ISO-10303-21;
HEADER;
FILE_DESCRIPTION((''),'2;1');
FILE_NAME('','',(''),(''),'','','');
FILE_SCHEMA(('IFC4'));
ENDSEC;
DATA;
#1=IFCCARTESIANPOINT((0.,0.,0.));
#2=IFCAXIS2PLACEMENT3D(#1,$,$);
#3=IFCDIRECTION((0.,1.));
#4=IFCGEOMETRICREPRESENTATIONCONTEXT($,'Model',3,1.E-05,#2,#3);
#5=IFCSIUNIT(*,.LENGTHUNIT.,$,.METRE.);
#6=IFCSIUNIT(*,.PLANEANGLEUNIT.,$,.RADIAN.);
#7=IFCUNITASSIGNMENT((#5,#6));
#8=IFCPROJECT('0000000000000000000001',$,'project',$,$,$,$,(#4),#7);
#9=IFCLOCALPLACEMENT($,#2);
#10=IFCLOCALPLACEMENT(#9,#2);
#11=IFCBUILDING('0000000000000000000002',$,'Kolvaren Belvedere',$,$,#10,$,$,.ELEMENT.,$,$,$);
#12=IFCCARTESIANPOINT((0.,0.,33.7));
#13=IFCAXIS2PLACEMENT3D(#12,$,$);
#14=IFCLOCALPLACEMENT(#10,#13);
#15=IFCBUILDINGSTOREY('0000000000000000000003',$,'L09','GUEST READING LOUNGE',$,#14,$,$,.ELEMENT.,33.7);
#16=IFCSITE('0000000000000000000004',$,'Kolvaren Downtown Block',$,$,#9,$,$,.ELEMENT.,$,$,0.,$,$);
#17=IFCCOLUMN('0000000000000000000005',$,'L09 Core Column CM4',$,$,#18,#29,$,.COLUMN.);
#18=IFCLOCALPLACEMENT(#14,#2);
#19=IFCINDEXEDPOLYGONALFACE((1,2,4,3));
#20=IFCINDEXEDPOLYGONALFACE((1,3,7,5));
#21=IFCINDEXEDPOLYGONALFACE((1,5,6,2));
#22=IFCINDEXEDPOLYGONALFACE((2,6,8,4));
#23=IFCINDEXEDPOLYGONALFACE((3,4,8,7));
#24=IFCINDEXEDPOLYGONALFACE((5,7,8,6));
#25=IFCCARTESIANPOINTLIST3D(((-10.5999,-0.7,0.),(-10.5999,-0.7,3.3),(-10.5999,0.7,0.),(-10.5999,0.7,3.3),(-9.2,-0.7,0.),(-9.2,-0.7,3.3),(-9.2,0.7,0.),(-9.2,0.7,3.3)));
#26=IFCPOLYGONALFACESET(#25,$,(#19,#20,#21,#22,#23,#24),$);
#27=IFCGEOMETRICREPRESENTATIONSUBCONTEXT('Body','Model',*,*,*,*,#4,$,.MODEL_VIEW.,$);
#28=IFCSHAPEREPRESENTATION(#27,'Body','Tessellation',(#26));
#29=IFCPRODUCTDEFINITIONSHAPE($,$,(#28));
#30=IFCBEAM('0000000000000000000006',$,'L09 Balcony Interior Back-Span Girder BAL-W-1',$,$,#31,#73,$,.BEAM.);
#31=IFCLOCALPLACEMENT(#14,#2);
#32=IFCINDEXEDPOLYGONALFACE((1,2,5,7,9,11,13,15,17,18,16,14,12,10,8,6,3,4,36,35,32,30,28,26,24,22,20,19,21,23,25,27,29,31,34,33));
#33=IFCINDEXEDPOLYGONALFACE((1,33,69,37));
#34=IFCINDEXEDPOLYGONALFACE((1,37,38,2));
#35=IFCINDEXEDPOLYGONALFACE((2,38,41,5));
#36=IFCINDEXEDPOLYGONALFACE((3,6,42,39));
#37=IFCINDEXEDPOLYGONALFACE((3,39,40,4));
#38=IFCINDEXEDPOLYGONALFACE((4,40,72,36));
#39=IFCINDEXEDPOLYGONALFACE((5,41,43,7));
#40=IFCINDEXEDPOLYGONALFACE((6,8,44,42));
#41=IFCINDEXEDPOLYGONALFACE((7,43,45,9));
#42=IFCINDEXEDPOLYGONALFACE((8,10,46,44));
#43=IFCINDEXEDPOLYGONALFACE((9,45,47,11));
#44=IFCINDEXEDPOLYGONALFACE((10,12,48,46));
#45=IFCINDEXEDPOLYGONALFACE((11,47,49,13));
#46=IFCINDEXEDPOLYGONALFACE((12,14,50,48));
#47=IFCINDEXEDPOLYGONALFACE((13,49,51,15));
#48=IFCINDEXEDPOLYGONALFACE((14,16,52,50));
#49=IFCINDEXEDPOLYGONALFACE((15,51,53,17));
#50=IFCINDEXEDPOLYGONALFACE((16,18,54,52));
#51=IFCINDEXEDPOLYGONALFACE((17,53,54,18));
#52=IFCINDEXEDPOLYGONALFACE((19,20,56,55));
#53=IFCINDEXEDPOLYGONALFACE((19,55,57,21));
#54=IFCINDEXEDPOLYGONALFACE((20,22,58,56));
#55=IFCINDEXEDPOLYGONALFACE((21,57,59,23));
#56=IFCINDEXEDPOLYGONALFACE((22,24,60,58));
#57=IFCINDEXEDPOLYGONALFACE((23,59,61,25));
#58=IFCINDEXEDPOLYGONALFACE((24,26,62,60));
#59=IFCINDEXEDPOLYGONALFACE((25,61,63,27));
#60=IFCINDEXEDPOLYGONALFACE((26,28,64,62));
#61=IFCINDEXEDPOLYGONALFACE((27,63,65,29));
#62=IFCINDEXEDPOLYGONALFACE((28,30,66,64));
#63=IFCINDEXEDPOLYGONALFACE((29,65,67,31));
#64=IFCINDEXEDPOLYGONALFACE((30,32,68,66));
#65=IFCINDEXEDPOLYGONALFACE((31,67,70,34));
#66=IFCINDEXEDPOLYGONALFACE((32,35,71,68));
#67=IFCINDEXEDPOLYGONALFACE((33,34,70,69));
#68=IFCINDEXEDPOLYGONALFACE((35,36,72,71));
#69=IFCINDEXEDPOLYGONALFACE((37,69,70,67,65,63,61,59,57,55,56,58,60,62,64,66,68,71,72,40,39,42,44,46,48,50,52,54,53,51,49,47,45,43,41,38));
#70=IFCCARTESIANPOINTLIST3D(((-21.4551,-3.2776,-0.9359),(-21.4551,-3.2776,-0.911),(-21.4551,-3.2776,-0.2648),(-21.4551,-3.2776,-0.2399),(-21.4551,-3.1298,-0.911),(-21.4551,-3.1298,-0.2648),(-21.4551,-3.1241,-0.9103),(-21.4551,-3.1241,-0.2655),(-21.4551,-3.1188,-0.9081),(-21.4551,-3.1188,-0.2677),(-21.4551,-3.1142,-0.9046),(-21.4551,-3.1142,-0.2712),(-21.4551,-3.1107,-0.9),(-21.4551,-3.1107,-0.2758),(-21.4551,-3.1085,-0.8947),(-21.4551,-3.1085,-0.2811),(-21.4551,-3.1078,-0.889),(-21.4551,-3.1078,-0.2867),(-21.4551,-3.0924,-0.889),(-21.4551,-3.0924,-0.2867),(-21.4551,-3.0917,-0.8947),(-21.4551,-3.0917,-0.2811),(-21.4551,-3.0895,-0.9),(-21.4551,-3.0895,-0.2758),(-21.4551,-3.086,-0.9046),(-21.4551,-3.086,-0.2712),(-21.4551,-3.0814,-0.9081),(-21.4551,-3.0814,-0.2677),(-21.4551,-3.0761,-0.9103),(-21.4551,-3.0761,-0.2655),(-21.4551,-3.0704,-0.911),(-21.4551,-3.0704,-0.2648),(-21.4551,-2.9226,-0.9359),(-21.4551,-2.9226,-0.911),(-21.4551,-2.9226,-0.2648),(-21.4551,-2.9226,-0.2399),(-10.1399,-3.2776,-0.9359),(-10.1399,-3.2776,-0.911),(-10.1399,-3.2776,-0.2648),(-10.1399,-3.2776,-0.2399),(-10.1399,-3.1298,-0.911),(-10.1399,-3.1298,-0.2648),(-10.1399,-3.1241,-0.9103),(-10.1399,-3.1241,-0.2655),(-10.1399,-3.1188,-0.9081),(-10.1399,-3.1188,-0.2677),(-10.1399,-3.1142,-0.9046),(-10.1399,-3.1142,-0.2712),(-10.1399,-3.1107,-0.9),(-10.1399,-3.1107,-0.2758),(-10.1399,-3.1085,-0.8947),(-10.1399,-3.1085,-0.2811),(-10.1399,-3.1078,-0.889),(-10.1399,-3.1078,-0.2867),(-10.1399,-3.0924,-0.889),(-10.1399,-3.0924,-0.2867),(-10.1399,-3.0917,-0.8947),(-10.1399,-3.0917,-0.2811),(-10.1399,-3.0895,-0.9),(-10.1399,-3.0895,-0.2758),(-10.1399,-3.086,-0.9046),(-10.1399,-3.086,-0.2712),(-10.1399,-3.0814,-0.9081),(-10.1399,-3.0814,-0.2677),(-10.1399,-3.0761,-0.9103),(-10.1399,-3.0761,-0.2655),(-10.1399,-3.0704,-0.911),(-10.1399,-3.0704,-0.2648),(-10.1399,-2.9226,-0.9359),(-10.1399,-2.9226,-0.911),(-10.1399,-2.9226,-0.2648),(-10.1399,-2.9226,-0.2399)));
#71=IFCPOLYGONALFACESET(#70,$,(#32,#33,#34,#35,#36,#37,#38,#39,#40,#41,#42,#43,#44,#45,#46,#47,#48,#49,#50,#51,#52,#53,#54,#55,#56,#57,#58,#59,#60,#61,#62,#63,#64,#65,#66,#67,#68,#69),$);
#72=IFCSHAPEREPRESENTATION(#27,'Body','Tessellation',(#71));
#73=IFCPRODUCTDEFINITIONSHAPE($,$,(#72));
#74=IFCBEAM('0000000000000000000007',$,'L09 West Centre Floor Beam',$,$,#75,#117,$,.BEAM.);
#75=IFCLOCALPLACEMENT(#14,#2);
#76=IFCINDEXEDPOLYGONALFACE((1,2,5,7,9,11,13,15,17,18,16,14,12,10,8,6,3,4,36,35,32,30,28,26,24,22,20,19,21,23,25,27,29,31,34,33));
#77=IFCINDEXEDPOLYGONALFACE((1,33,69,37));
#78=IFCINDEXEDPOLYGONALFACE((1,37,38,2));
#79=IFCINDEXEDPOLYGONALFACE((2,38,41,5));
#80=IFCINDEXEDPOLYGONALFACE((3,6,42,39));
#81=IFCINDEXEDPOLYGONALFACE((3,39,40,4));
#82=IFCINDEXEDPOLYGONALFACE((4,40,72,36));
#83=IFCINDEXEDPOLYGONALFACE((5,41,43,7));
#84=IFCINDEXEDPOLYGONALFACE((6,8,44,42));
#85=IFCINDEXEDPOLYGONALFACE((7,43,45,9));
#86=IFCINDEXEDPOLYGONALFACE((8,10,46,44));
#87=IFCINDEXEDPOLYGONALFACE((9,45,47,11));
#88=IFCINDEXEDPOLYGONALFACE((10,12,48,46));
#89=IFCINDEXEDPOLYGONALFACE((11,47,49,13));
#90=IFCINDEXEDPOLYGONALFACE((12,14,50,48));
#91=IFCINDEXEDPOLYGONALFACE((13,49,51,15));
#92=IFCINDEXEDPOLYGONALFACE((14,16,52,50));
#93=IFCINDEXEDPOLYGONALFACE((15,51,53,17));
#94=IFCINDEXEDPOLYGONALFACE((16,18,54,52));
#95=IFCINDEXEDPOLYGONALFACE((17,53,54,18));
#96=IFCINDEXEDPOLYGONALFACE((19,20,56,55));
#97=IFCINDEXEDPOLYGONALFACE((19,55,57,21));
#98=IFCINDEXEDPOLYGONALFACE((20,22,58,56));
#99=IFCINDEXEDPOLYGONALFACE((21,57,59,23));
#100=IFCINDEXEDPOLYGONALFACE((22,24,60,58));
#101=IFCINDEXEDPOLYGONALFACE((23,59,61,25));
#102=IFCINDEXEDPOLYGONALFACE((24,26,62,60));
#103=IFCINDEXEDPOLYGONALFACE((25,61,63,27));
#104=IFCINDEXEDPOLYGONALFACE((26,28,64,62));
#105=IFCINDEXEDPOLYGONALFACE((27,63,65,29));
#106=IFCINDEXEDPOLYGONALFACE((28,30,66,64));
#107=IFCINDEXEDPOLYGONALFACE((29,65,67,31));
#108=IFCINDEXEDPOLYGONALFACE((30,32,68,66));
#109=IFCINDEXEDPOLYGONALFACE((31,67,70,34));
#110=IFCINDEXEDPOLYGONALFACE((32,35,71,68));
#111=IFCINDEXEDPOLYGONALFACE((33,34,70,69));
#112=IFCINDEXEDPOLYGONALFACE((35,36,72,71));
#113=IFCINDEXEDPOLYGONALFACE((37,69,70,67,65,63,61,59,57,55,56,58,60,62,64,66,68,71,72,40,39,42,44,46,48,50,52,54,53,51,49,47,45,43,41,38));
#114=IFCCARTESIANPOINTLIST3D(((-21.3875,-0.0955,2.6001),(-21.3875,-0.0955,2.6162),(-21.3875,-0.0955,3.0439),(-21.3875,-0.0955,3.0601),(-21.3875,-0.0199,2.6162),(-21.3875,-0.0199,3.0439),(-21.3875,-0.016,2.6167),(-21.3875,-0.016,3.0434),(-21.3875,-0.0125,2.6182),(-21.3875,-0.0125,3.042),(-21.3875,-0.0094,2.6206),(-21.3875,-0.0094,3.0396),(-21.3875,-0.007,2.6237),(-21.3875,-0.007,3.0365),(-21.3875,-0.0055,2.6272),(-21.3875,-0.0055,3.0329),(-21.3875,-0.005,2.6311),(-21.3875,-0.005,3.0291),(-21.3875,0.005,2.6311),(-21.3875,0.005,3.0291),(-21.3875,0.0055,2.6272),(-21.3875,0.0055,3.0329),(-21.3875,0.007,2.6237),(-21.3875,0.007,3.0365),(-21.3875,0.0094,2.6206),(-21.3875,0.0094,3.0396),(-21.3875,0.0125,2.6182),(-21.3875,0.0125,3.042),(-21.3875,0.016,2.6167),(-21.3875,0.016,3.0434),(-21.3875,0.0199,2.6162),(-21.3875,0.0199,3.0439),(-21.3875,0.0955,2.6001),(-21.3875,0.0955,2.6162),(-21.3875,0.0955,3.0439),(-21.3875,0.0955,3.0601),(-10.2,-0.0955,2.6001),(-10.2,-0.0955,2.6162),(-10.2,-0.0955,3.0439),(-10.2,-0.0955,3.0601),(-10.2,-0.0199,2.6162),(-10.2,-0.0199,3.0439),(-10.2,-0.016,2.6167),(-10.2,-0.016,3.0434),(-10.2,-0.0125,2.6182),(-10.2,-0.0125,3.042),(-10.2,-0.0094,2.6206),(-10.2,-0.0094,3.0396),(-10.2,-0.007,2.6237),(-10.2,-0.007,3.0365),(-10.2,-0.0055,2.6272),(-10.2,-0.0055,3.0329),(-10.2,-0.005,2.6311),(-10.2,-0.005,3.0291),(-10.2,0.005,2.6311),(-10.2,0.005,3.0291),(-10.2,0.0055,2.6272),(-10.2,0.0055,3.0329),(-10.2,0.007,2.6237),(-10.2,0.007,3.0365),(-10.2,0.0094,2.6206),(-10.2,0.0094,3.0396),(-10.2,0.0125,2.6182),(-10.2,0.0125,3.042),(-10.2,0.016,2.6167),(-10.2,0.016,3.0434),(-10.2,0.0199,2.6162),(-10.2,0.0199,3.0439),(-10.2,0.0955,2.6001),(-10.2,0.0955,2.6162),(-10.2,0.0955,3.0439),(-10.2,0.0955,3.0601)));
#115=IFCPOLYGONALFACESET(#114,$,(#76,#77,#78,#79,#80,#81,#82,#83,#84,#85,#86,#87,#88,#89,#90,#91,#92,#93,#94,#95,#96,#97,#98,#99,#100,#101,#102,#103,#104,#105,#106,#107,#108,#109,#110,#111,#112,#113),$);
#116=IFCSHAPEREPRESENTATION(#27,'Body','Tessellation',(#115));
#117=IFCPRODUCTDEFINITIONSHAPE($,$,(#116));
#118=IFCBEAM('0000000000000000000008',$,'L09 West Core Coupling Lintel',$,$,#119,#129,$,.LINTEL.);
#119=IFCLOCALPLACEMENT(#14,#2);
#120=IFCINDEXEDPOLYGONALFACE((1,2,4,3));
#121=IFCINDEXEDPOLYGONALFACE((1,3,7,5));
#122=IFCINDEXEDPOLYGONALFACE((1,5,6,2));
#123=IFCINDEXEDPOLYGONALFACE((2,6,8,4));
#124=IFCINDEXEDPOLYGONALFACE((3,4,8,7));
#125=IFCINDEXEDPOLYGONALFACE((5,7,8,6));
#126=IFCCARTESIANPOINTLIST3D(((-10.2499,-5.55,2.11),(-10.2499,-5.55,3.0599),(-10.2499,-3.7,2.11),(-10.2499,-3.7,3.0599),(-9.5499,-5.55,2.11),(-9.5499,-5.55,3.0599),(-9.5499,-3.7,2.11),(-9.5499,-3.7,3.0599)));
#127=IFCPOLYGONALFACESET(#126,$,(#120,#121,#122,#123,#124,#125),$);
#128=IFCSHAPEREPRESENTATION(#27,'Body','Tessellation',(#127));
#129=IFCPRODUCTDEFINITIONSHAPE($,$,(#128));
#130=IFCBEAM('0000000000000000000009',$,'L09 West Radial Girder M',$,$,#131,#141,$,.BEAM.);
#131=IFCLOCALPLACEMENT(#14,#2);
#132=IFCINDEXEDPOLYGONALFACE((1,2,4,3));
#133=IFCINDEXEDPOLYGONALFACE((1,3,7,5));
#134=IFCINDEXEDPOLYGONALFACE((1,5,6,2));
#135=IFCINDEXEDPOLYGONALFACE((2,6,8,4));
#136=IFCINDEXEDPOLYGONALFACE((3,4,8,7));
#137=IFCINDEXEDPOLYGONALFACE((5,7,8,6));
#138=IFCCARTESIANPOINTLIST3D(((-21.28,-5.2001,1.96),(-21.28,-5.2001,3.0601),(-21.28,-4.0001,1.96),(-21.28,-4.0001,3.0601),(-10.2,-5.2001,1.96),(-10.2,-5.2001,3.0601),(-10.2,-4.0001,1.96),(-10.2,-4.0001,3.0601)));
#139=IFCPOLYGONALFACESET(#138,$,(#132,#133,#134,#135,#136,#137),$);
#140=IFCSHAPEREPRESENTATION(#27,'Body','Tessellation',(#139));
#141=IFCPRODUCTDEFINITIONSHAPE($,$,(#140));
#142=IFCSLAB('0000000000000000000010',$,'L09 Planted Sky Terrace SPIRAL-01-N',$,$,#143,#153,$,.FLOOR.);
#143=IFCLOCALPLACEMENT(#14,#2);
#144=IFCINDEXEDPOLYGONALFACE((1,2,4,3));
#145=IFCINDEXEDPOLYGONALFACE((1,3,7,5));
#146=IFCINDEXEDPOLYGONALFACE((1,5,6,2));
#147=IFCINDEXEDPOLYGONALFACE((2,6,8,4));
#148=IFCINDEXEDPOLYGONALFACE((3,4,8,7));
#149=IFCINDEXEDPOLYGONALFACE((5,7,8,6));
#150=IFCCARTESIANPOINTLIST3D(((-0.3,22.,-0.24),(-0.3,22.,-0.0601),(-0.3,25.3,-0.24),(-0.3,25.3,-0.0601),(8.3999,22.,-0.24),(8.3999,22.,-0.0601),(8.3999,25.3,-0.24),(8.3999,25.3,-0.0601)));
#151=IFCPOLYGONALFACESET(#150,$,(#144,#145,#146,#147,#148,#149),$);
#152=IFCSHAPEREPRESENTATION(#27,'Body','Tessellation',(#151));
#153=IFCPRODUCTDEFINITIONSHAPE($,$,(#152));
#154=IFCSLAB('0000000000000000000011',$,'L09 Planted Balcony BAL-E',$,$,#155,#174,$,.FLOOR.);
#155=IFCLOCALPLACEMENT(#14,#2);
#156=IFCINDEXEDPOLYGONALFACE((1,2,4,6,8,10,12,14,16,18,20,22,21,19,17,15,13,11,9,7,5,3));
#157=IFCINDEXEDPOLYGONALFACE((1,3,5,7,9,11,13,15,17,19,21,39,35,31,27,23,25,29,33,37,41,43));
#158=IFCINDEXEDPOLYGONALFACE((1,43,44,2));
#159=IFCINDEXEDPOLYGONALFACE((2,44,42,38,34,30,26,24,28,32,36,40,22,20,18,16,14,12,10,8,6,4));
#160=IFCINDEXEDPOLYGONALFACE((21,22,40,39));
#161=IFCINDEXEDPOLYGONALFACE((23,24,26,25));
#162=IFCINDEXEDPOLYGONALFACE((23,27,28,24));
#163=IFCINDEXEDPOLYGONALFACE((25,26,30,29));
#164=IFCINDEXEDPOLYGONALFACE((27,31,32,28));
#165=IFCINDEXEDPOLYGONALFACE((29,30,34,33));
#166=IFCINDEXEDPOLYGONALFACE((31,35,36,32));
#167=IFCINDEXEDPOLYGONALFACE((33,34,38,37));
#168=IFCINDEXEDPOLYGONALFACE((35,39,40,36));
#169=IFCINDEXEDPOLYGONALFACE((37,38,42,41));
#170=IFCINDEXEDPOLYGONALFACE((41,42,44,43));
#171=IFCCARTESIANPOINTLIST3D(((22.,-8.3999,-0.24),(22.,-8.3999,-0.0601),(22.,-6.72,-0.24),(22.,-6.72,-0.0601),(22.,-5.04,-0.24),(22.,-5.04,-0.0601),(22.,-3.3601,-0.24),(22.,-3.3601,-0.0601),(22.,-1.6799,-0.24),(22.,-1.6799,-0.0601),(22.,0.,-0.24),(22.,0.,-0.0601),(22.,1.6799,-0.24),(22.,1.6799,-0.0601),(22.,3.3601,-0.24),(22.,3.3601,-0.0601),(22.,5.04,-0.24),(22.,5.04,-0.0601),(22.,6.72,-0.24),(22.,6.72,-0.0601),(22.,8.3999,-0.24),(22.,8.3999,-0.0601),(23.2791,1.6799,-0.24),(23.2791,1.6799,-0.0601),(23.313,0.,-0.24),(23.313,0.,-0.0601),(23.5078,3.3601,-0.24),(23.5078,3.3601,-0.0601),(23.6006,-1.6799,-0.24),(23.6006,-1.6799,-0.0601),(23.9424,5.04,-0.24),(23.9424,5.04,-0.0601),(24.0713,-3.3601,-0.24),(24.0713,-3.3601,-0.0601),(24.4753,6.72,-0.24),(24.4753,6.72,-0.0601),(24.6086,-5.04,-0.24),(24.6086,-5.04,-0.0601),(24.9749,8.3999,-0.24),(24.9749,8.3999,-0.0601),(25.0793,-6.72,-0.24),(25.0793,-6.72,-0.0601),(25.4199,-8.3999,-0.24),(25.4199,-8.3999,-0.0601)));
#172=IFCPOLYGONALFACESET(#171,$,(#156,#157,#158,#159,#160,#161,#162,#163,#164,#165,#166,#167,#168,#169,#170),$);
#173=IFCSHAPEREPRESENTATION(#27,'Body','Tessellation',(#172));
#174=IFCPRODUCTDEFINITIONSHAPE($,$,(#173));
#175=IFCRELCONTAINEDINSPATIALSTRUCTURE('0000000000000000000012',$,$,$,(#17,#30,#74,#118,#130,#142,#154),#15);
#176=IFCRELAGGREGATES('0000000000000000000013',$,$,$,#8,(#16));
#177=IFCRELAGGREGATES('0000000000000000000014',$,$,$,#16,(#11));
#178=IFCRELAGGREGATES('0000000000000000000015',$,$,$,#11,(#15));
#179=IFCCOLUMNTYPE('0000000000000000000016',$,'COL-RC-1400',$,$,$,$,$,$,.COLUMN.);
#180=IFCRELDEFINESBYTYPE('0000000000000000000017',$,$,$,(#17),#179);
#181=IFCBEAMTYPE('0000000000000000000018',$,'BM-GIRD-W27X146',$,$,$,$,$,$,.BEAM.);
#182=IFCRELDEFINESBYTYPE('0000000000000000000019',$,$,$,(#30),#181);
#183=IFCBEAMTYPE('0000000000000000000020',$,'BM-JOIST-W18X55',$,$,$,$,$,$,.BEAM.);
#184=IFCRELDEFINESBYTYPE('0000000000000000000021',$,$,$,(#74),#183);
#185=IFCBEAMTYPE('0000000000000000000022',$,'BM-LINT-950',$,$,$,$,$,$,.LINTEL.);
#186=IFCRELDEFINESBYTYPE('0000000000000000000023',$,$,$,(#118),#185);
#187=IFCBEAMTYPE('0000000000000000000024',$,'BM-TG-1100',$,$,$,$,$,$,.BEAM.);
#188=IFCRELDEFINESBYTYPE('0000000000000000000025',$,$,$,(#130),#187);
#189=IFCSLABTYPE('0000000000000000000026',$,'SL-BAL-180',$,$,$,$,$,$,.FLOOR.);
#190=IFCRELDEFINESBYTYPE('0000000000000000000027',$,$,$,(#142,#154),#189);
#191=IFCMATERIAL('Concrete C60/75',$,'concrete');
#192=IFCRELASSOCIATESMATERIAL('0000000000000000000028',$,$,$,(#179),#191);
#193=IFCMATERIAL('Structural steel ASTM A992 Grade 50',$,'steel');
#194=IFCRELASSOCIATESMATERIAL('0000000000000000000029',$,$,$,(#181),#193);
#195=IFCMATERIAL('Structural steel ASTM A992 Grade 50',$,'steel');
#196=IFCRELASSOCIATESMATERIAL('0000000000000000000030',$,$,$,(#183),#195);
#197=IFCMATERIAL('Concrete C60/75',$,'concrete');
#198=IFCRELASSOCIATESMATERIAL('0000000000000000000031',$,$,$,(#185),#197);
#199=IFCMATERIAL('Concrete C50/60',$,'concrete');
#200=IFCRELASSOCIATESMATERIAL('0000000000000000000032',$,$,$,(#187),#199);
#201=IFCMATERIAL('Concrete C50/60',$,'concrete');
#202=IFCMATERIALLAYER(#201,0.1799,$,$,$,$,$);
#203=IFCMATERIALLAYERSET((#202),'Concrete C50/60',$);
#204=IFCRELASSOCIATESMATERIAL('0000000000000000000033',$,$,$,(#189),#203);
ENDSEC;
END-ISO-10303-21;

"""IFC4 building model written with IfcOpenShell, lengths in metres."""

from ifc_helpers import new_model, si_unit, direction, frame, origin, origin_2d, place, context, subcontext, project, spatial, polyline, rectangle, i_section, outline, extrude, material, layer, layer_set, material_profile, profile_set, type_object, element, save


model = new_model("IFC4")

# Units and contexts
model_context = context("Model", 3, precision=1e-05, world=origin(), true_north=direction((0.0, 1.0)))
body_context = subcontext(model_context, "Body", "Model", "MODEL_VIEW")
ifc_project = project(units=[si_unit("LENGTHUNIT", "METRE"), si_unit("PLANEANGLEUNIT", "RADIAN")], contexts=[model_context])

# Site, building, storey
site_placement = place(None, origin())
site = spatial("IfcSite", under=ifc_project, at=site_placement, Name="Kolvaren Downtown Block", CompositionType="ELEMENT", RefElevation=0.0)
building_placement = place(site_placement, origin())
building = spatial("IfcBuilding", under=site, at=building_placement, Name="Kolvaren Belvedere", CompositionType="ELEMENT")
storey_placement = place(building_placement, frame((0.0, 0.0, 33.7)))
storey = spatial("IfcBuildingStorey", under=building, at=storey_placement, Name="L09", Description="GUEST READING LOUNGE", CompositionType="ELEMENT", Elevation=33.7)

# Column
ifc_material_1 = material(Name="Concrete C60/75", Category="concrete")
ifc_material_profile_1 = material_profile(ifc_material_1, rectangle(XDim=1.3999, YDim=1.3999, at=origin_2d()), Name="RC 1400X1400")
ifc_profile_set_1 = profile_set([ifc_material_profile_1], Name="Concrete C60/75")
column_type = type_object("IfcColumnType", Name="COL-RC-1400", PredefinedType="COLUMN", material=ifc_profile_set_1)
column_placement = place(storey_placement, frame((-9.8999, 0.0, 0.0), z_axis=(0.0, 0.0, 1.0), x_axis=(1.0, 0.0, 0.0)))
element("IfcColumn", 1, at=column_placement, inside=storey, type_object=column_type, Name="L09 Core Column CM4", PredefinedType="COLUMN", context=body_context, shape_type="SweptSolid", body=[
    extrude(rectangle(XDim=1.3999, YDim=1.3999, at=origin_2d()), origin(), (0.0, 0.0, 1.0), 3.3),
])

# Beams
ifc_material_2 = material(Name="Structural steel ASTM A992 Grade 50", Category="steel")
ifc_material_profile_2 = material_profile(ifc_material_2, i_section(OverallWidth=0.355, OverallDepth=0.696, WebThickness=0.0154, FlangeThickness=0.0249, FilletRadius=0.022, at=origin_2d()), Name="W27X146")
ifc_profile_set_2 = profile_set([ifc_material_profile_2], Name="Structural steel ASTM A992 Grade 50")
beam_type_1 = type_object("IfcBeamType", Name="BM-GIRD-W27X146", PredefinedType="BEAM", material=ifc_profile_set_2)
beam_1_placement = place(storey_placement, frame((-10.1399, -3.1001, -0.5879), z_axis=(-1.0, 0.0, 0.0), x_axis=(0.0, -1.0, 0.0)))
element("IfcBeam", 2, at=beam_1_placement, inside=storey, type_object=beam_type_1, Name="L09 Balcony Interior Back-Span Girder BAL-W-1", PredefinedType="BEAM", context=body_context, shape_type="SweptSolid", body=[
    extrude(i_section(OverallWidth=0.355, OverallDepth=0.696, WebThickness=0.0154, FlangeThickness=0.0249, FilletRadius=0.022, at=origin_2d()), origin(), (0.0, 0.0, 1.0), 11.3152),
])
ifc_material_3 = material(Name="Structural steel ASTM A992 Grade 50", Category="steel")
ifc_material_profile_3 = material_profile(ifc_material_3, i_section(OverallWidth=0.1909, OverallDepth=0.46, WebThickness=0.01, FlangeThickness=0.0161, FilletRadius=0.0149, at=origin_2d()), Name="W18X55")
ifc_profile_set_3 = profile_set([ifc_material_profile_3], Name="Structural steel ASTM A992 Grade 50")
beam_type_2 = type_object("IfcBeamType", Name="BM-JOIST-W18X55", PredefinedType="BEAM", material=ifc_profile_set_3)
beam_2_placement = place(storey_placement, frame((-10.2, 0.0, 2.8301), z_axis=(-1.0, 0.0, 0.0), x_axis=(0.0, -1.0, 0.0)))
element("IfcBeam", 3, at=beam_2_placement, inside=storey, type_object=beam_type_2, Name="L09 West Centre Floor Beam", PredefinedType="BEAM", context=body_context, shape_type="SweptSolid", body=[
    extrude(i_section(OverallWidth=0.1909, OverallDepth=0.46, WebThickness=0.01, FlangeThickness=0.0161, FilletRadius=0.0149, at=origin_2d()), origin(), (0.0, 0.0, 1.0), 11.1875),
])
ifc_material_4 = material(Name="Concrete C60/75", Category="concrete")
ifc_material_profile_4 = material_profile(ifc_material_4, rectangle(XDim=0.7, YDim=0.95, at=origin_2d()), Name="RC 700X950")
ifc_profile_set_4 = profile_set([ifc_material_profile_4], Name="Concrete C60/75")
beam_type_3 = type_object("IfcBeamType", Name="BM-LINT-950", PredefinedType="LINTEL", material=ifc_profile_set_4)
beam_3_placement = place(storey_placement, frame((-9.8999, -5.55, 2.585), z_axis=(0.0, 1.0, 0.0), x_axis=(-1.0, 0.0, 0.0)))
element("IfcBeam", 4, at=beam_3_placement, inside=storey, type_object=beam_type_3, Name="L09 West Core Coupling Lintel", PredefinedType="LINTEL", context=body_context, shape_type="SweptSolid", body=[
    extrude(rectangle(XDim=0.7, YDim=0.95, at=origin_2d()), origin(), (0.0, 0.0, 1.0), 1.8501),
])
ifc_material_5 = material(Name="Concrete C50/60", Category="concrete")
ifc_material_profile_5 = material_profile(ifc_material_5, rectangle(XDim=1.2, YDim=1.1001, at=origin_2d()), Name="RC 1200X1100")
ifc_profile_set_5 = profile_set([ifc_material_profile_5], Name="Concrete C50/60")
beam_type_4 = type_object("IfcBeamType", Name="BM-TG-1100", PredefinedType="BEAM", material=ifc_profile_set_5)
beam_4_placement = place(storey_placement, frame((-10.2, -4.6001, 2.51), z_axis=(-1.0, 0.0, 0.0), x_axis=(0.0, -1.0, 0.0)))
element("IfcBeam", 5, at=beam_4_placement, inside=storey, type_object=beam_type_4, Name="L09 West Radial Girder M", PredefinedType="BEAM", context=body_context, shape_type="SweptSolid", body=[
    extrude(rectangle(XDim=1.2, YDim=1.1001, at=origin_2d()), origin(), (0.0, 0.0, 1.0), 11.0801),
])

# Slabs
ifc_material_6 = material(Name="Concrete C50/60", Category="concrete")
ifc_layer_1 = layer(ifc_material_6, 0.1799)
ifc_layer_set_1 = layer_set([ifc_layer_1], Name="Concrete C50/60")
slab_type_1 = type_object("IfcSlabType", Name="SL-BAL-180", PredefinedType="FLOOR", material=ifc_layer_set_1)
slab_1_placement = place(storey_placement, frame((0.0, 0.0, -0.24)))
element("IfcSlab", 6, at=slab_1_placement, inside=storey, type_object=slab_type_1, Name="L09 Planted Sky Terrace SPIRAL-01-N", PredefinedType="FLOOR", context=body_context, shape_type="SweptSolid", body=[
    extrude(outline(polyline([(-0.3, 22.0), (8.3999, 22.0), (8.3999, 25.3), (-0.3, 25.3), (-0.3, 22.0)])), origin(), (0.0, 0.0, 1.0), 0.1799),
])
slab_2_placement = place(storey_placement, frame((0.0, 0.0, -0.24)))
element("IfcSlab", 7, at=slab_2_placement, inside=storey, type_object=slab_type_1, Name="L09 Planted Balcony BAL-E", PredefinedType="FLOOR", context=body_context, shape_type="SweptSolid", body=[
    extrude(outline(polyline([(25.4199, -8.3999), (25.0793, -6.72), (24.6086, -5.04), (24.0713, -3.3601), (23.6006, -1.6799), (23.313, 0.0), (23.2791, 1.6799), (23.5078, 3.3601), (23.9424, 5.04), (24.4753, 6.72), (24.9749, 8.3999), (22.0, 8.3999), (22.0, 6.72), (22.0, 5.04), (22.0, 3.3601), (22.0, 1.6799), (22.0, 0.0), (22.0, -1.6799), (22.0, -3.3601), (22.0, -5.04), (22.0, -6.72), (22.0, -8.3999), (25.4199, -8.3999)])), origin(), (0.0, 0.0, 1.0), 0.1799),
])

save(model, "model.ifc")
